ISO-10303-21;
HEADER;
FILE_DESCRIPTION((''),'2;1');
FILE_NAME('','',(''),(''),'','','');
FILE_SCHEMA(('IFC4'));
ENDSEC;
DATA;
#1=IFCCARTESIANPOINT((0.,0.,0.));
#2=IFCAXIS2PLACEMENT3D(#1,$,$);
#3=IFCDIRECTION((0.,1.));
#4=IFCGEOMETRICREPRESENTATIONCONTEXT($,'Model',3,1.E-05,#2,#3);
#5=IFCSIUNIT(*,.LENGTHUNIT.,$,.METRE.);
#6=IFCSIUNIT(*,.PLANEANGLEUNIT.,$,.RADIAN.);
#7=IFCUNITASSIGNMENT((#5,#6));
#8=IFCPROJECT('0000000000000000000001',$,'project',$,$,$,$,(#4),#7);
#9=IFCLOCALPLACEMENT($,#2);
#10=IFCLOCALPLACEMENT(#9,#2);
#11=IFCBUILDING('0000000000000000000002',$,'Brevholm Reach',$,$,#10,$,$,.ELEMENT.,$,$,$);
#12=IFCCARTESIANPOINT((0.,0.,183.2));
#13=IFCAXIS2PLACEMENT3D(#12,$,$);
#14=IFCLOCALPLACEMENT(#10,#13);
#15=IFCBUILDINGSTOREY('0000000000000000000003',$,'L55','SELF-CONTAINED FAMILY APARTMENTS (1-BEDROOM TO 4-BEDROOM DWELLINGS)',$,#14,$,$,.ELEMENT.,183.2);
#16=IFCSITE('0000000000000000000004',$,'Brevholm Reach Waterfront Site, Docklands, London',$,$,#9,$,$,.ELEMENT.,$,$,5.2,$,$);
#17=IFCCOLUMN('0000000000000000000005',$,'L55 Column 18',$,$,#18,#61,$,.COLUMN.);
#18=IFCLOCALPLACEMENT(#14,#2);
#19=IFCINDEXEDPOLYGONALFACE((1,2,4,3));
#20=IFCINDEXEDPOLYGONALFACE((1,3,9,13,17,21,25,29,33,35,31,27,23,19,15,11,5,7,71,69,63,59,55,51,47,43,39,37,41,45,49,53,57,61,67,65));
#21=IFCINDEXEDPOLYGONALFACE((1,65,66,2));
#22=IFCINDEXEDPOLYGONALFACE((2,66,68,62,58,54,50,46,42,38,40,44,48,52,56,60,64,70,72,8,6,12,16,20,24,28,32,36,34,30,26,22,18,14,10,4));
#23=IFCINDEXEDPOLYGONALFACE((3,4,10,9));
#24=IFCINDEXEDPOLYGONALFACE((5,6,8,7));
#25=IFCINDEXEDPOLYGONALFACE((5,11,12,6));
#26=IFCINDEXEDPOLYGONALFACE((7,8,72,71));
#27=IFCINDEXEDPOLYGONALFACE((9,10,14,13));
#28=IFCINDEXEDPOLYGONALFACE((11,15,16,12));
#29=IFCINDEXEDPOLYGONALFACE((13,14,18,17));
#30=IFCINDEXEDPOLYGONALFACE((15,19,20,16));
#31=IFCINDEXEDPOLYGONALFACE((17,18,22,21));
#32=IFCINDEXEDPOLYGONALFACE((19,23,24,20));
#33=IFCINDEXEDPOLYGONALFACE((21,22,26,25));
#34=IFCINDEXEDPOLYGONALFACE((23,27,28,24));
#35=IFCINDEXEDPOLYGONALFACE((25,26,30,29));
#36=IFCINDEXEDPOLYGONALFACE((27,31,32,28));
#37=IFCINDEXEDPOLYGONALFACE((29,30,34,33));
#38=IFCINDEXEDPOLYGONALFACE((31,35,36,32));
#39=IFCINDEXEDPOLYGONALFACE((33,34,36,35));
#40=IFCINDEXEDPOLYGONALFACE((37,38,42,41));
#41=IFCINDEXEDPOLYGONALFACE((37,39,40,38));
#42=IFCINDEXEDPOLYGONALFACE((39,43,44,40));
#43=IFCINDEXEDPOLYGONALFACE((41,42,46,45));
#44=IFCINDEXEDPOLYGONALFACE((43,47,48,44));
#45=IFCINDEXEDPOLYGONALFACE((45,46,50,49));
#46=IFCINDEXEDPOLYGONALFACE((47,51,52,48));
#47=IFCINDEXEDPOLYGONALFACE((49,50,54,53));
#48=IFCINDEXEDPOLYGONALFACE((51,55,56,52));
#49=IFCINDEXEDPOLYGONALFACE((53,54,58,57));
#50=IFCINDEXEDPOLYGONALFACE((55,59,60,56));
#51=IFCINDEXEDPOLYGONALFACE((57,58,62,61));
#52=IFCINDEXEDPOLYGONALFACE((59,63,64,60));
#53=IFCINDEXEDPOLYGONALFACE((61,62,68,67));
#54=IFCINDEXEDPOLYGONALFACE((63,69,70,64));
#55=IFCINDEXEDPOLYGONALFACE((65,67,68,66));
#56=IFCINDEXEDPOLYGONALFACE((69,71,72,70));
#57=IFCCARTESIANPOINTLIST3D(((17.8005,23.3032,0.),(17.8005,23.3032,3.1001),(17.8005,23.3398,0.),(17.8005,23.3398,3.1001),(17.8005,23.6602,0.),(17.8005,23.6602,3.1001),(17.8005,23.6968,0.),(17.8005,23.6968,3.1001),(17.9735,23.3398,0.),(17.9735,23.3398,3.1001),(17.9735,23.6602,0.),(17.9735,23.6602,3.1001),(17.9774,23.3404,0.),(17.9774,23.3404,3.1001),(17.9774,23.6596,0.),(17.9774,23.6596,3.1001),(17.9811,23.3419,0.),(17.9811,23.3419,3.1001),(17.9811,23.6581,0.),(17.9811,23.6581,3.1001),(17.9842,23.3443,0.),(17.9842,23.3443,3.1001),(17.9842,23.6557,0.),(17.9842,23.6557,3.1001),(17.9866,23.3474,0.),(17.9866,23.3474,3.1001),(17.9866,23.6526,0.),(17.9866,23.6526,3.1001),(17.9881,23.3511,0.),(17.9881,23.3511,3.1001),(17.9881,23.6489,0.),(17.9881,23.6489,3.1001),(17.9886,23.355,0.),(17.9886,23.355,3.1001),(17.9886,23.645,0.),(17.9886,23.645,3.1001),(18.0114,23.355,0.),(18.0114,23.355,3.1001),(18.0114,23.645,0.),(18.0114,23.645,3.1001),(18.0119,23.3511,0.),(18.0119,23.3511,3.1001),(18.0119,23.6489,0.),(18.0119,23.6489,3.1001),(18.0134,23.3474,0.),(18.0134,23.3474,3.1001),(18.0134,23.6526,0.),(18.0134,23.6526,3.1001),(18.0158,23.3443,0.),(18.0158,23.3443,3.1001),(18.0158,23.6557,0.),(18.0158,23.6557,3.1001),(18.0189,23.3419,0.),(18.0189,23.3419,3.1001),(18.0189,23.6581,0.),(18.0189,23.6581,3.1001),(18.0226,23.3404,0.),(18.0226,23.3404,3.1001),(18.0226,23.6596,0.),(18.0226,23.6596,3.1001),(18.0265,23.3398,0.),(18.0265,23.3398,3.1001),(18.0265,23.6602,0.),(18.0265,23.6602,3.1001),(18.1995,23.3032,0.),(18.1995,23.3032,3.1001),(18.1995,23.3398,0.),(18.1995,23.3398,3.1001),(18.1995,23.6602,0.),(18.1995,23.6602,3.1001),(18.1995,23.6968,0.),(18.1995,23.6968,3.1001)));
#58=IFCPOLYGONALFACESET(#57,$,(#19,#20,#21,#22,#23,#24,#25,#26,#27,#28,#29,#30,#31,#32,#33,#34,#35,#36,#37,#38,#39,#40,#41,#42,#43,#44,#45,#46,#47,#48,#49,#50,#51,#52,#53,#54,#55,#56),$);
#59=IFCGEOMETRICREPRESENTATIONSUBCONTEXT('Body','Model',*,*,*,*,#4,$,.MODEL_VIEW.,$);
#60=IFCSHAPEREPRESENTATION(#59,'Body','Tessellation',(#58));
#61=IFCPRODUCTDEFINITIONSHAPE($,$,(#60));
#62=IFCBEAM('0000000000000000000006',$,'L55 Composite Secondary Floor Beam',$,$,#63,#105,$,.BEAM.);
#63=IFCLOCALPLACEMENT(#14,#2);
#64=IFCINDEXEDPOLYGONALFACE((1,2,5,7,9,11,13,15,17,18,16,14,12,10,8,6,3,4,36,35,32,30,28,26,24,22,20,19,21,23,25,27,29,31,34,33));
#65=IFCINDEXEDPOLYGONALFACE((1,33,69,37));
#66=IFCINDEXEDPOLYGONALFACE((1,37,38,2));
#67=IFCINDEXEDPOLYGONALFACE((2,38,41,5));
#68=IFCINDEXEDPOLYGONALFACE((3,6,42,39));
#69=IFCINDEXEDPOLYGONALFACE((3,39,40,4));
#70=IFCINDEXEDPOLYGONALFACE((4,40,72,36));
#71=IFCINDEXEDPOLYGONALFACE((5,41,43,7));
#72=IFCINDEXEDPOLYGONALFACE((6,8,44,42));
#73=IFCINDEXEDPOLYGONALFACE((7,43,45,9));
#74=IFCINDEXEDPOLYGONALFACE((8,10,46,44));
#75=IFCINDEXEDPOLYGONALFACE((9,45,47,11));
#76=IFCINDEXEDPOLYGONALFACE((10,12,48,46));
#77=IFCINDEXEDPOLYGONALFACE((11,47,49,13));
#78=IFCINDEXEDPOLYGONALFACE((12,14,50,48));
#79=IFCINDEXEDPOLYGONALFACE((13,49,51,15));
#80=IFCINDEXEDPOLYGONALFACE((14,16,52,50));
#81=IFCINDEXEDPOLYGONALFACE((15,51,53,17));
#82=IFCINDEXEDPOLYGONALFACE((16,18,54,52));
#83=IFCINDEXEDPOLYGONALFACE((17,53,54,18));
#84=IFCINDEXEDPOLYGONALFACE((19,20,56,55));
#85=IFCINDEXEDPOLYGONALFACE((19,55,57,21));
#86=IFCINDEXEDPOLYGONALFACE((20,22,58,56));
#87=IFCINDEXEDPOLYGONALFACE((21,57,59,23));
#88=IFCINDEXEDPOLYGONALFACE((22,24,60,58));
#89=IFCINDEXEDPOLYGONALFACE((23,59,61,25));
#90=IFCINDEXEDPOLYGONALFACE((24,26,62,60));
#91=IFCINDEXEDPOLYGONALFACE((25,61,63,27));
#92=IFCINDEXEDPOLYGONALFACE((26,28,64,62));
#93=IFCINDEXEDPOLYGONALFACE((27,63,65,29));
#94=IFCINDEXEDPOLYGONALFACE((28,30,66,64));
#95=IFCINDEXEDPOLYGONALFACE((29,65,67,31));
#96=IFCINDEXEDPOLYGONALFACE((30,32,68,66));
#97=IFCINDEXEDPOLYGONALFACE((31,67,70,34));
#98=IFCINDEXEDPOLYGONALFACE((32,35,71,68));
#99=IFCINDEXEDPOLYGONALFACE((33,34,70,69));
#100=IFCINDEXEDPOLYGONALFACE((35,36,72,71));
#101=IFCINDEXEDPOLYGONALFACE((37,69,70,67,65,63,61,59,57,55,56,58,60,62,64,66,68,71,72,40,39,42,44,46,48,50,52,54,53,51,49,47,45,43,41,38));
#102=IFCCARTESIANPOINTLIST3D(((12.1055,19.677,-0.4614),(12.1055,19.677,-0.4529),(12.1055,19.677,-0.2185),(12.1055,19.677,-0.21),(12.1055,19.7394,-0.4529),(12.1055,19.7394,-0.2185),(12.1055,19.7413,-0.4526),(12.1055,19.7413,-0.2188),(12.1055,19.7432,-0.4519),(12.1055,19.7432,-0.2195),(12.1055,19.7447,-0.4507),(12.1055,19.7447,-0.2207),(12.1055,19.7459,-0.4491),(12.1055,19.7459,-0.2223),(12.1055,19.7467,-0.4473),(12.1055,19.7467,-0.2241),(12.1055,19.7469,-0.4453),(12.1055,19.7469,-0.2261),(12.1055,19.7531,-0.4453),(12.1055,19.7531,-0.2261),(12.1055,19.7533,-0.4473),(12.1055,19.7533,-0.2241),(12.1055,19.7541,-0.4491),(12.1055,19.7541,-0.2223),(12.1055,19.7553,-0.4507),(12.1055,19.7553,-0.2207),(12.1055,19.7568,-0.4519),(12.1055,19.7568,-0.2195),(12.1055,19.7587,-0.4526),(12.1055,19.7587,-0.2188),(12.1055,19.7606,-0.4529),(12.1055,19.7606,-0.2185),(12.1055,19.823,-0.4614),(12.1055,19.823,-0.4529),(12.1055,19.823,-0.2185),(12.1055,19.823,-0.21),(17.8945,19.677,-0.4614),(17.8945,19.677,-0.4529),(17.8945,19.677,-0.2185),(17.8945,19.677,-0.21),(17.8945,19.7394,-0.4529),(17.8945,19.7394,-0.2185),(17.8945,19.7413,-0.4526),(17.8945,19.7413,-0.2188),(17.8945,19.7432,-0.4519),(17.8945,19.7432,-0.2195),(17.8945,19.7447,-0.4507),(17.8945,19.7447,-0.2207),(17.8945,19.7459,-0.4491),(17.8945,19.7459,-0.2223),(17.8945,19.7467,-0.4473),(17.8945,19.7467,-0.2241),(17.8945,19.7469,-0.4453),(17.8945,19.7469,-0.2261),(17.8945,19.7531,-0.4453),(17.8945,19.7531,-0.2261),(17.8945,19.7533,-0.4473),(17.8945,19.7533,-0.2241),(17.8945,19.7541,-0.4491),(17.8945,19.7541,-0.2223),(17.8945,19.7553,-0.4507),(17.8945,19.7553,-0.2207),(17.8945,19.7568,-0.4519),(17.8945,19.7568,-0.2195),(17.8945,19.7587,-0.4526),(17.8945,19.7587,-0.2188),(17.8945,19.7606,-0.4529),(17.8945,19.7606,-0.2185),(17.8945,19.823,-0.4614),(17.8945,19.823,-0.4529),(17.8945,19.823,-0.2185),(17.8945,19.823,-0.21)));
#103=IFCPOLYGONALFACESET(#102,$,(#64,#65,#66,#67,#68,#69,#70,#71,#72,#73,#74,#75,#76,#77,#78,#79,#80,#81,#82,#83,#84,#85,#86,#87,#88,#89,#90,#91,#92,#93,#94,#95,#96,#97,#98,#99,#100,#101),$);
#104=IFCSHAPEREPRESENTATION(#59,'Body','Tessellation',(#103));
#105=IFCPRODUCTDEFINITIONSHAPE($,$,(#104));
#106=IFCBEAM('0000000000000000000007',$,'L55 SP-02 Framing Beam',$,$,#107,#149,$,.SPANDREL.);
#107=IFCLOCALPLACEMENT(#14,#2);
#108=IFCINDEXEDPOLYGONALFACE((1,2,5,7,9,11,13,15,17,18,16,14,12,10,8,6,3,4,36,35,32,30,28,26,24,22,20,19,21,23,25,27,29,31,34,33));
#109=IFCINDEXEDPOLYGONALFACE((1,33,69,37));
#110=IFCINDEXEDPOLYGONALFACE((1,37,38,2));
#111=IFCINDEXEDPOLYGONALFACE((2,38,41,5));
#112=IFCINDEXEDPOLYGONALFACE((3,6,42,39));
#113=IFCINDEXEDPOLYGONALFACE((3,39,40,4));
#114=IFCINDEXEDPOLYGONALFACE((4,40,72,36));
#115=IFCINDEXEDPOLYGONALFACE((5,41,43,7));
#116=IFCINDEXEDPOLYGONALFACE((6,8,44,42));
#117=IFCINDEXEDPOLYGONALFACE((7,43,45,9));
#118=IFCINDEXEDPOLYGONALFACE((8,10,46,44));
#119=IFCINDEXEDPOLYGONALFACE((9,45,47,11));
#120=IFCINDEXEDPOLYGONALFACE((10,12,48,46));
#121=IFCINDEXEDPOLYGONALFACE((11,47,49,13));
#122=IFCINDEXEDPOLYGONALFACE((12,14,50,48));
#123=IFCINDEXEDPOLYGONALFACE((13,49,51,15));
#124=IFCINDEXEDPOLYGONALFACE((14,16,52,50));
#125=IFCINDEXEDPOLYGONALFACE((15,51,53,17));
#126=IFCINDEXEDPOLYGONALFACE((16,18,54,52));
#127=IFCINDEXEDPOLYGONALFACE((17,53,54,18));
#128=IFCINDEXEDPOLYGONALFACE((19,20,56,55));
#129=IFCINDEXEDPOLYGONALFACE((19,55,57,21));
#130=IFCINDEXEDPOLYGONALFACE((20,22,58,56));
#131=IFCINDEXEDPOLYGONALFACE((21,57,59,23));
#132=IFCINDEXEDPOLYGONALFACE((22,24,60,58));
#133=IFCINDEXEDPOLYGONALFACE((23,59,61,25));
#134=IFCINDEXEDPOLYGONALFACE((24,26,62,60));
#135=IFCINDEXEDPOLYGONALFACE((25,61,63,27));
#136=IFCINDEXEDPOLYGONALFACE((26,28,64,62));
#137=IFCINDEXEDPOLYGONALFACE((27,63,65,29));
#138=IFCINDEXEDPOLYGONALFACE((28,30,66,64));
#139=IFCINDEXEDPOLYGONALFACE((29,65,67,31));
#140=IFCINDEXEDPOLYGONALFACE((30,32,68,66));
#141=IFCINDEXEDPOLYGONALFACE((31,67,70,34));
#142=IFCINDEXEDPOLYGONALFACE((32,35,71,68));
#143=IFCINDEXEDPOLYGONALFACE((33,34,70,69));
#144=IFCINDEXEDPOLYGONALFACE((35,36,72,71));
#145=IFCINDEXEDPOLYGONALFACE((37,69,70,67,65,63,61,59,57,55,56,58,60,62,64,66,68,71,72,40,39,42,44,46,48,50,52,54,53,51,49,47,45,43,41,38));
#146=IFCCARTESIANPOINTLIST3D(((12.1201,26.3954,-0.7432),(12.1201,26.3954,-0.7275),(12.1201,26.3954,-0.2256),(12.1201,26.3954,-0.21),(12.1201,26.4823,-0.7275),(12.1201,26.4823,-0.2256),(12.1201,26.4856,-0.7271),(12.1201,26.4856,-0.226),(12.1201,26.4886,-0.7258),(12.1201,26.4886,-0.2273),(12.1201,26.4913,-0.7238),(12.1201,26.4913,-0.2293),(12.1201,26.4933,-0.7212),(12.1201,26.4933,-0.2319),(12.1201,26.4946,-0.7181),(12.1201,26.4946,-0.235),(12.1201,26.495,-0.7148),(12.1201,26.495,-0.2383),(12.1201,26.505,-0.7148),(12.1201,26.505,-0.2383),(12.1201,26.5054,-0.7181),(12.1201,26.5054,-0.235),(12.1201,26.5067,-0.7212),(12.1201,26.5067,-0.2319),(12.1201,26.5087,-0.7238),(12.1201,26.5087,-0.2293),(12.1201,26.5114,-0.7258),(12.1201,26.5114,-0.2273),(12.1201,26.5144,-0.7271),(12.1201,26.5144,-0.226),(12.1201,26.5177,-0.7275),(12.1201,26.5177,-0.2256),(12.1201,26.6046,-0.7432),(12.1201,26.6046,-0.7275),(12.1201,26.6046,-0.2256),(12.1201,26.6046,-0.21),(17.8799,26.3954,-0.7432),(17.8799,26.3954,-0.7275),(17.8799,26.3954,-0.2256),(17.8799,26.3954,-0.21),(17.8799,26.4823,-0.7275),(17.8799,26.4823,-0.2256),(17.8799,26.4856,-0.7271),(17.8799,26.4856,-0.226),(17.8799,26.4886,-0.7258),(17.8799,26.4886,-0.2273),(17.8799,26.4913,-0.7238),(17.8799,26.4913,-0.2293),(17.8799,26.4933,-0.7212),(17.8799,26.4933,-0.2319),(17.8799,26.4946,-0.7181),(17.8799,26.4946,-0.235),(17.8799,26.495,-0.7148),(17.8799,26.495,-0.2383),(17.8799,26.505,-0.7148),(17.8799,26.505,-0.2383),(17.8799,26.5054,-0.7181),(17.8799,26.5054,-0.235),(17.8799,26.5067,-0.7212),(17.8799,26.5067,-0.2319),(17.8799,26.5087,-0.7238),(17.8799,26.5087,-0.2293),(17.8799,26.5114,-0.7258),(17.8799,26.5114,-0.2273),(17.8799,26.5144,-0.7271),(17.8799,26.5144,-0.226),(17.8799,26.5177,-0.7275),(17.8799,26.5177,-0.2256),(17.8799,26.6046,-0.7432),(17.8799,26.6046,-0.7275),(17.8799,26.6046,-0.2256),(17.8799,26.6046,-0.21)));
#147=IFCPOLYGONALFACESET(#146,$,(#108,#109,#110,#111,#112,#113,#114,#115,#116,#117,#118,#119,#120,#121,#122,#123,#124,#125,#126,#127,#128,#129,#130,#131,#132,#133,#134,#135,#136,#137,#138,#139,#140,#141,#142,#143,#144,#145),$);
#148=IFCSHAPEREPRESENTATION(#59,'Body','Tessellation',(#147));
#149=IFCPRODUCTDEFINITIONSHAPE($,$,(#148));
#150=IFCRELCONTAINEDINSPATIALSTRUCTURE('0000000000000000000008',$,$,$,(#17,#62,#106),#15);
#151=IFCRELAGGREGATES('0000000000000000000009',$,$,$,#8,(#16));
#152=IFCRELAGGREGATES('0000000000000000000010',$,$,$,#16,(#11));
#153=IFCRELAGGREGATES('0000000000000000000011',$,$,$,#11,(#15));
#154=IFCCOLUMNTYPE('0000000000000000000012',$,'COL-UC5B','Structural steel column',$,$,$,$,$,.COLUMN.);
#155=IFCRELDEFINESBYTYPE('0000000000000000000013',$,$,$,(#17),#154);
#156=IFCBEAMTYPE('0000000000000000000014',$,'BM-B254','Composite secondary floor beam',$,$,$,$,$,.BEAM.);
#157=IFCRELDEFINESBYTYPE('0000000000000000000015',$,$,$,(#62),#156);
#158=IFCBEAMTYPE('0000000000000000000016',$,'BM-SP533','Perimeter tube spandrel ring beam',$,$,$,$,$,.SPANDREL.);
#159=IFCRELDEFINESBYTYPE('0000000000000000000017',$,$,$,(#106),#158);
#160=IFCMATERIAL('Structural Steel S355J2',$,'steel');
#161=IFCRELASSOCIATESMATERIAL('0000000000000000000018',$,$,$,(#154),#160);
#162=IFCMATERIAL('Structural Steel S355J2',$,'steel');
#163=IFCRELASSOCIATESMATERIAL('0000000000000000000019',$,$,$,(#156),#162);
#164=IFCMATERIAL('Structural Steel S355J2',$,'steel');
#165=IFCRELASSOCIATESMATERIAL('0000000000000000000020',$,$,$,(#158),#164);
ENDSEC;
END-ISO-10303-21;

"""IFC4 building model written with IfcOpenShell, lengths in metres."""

from ifc_helpers import new_model, si_unit, direction, frame, origin, origin_2d, place, context, subcontext, project, spatial, i_section, extrude, material, material_profile, profile_set, type_object, element, save


model = new_model("IFC4")

# Units and contexts
model_context = context("Model", 3, precision=1e-05, world=origin(), true_north=direction((0.0, 1.0)))
body_context = subcontext(model_context, "Body", "Model", "MODEL_VIEW")
ifc_project = project(units=[si_unit("LENGTHUNIT", "METRE"), si_unit("PLANEANGLEUNIT", "RADIAN")], contexts=[model_context])

# Site, building, storey
site_placement = place(None, origin())
site = spatial("IfcSite", under=ifc_project, at=site_placement, Name="Brevholm Reach Waterfront Site, Docklands, London", CompositionType="ELEMENT", RefElevation=5.2)
building_placement = place(site_placement, origin())
building = spatial("IfcBuilding", under=site, at=building_placement, Name="Brevholm Reach", CompositionType="ELEMENT")
storey_placement = place(building_placement, frame((0.0, 0.0, 183.2)))
storey = spatial("IfcBuildingStorey", under=building, at=storey_placement, Name="L55", Description="SELF-CONTAINED FAMILY APARTMENTS (1-BEDROOM TO 4-BEDROOM DWELLINGS)", CompositionType="ELEMENT", Elevation=183.2)

# Column
ifc_material_1 = material(Name="Structural Steel S355J2", Category="steel")
ifc_material_profile_1 = material_profile(ifc_material_1, i_section(OverallWidth=0.3989, OverallDepth=0.3936, WebThickness=0.0227, FlangeThickness=0.0366, FilletRadius=0.0151, at=origin_2d()), Name="UKC 356x406x287")
ifc_profile_set_1 = profile_set([ifc_material_profile_1], Name="Structural Steel S355J2")
column_type = type_object("IfcColumnType", Name="COL-UC5B", Description="Structural steel column", PredefinedType="COLUMN", material=ifc_profile_set_1)
for number, where, z_axis, x_axis, name in (
    (1, (18.0, 23.5, 0.0), (0.0, 0.0, 1.0), (1.0, 0.0, 0.0), "L55 Column 18"),
):
    element("IfcColumn", number, at=place(storey_placement, frame(where, z_axis=z_axis, x_axis=x_axis)), inside=storey, type_object=column_type, Name=name, PredefinedType="COLUMN", context=body_context, shape_type="SweptSolid", body=[
        extrude(i_section(OverallWidth=0.3989, OverallDepth=0.3936, WebThickness=0.0227, FlangeThickness=0.0366, FilletRadius=0.0151, at=origin_2d()), origin(), (0.0, 0.0, 1.0), 3.1001),
    ])

# Beams
ifc_material_2 = material(Name="Structural Steel S355J2", Category="steel")
ifc_material_profile_2 = material_profile(ifc_material_2, i_section(OverallWidth=0.146, OverallDepth=0.2515, WebThickness=0.0061, FlangeThickness=0.0085, FilletRadius=0.0076, at=origin_2d()), Name="UKB 254x146x31")
ifc_profile_set_2 = profile_set([ifc_material_profile_2], Name="Structural Steel S355J2")
beam_type_1 = type_object("IfcBeamType", Name="BM-B254", Description="Composite secondary floor beam", PredefinedType="BEAM", material=ifc_profile_set_2)
beam_1_placement = place(storey_placement, frame((12.1055, 19.75, -0.3357), z_axis=(1.0, 0.0, 0.0), x_axis=(0.0, 1.0, 0.0)))
element("IfcBeam", 2, at=beam_1_placement, inside=storey, type_object=beam_type_1, Name="L55 Composite Secondary Floor Beam", PredefinedType="BEAM", context=body_context, shape_type="SweptSolid", body=[
    extrude(i_section(OverallWidth=0.146, OverallDepth=0.2515, WebThickness=0.0061, FlangeThickness=0.0085, FilletRadius=0.0076, at=origin_2d()), origin(), (0.0, 0.0, 1.0), 5.7891),
])
ifc_material_3 = material(Name="Structural Steel S355J2", Category="steel")
ifc_material_profile_3 = material_profile(ifc_material_3, i_section(OverallWidth=0.2092, OverallDepth=0.5332, WebThickness=0.01, FlangeThickness=0.0156, FilletRadius=0.0127, at=origin_2d()), Name="UKB 533x210x92")
ifc_profile_set_3 = profile_set([ifc_material_profile_3], Name="Structural Steel S355J2")
beam_type_2 = type_object("IfcBeamType", Name="BM-SP533", Description="Perimeter tube spandrel ring beam", PredefinedType="SPANDREL", material=ifc_profile_set_3)
beam_2_placement = place(storey_placement, frame((12.1201, 26.5, -0.4766), z_axis=(1.0, 0.0, 0.0), x_axis=(0.0, 1.0, 0.0)))
element("IfcBeam", 3, at=beam_2_placement, inside=storey, type_object=beam_type_2, Name="L55 SP-02 Framing Beam", PredefinedType="SPANDREL", context=body_context, shape_type="SweptSolid", body=[
    extrude(i_section(OverallWidth=0.2092, OverallDepth=0.5332, WebThickness=0.01, FlangeThickness=0.0156, FilletRadius=0.0127, at=origin_2d()), origin(), (0.0, 0.0, 1.0), 5.7598),
])

save(model, "model.ifc")
